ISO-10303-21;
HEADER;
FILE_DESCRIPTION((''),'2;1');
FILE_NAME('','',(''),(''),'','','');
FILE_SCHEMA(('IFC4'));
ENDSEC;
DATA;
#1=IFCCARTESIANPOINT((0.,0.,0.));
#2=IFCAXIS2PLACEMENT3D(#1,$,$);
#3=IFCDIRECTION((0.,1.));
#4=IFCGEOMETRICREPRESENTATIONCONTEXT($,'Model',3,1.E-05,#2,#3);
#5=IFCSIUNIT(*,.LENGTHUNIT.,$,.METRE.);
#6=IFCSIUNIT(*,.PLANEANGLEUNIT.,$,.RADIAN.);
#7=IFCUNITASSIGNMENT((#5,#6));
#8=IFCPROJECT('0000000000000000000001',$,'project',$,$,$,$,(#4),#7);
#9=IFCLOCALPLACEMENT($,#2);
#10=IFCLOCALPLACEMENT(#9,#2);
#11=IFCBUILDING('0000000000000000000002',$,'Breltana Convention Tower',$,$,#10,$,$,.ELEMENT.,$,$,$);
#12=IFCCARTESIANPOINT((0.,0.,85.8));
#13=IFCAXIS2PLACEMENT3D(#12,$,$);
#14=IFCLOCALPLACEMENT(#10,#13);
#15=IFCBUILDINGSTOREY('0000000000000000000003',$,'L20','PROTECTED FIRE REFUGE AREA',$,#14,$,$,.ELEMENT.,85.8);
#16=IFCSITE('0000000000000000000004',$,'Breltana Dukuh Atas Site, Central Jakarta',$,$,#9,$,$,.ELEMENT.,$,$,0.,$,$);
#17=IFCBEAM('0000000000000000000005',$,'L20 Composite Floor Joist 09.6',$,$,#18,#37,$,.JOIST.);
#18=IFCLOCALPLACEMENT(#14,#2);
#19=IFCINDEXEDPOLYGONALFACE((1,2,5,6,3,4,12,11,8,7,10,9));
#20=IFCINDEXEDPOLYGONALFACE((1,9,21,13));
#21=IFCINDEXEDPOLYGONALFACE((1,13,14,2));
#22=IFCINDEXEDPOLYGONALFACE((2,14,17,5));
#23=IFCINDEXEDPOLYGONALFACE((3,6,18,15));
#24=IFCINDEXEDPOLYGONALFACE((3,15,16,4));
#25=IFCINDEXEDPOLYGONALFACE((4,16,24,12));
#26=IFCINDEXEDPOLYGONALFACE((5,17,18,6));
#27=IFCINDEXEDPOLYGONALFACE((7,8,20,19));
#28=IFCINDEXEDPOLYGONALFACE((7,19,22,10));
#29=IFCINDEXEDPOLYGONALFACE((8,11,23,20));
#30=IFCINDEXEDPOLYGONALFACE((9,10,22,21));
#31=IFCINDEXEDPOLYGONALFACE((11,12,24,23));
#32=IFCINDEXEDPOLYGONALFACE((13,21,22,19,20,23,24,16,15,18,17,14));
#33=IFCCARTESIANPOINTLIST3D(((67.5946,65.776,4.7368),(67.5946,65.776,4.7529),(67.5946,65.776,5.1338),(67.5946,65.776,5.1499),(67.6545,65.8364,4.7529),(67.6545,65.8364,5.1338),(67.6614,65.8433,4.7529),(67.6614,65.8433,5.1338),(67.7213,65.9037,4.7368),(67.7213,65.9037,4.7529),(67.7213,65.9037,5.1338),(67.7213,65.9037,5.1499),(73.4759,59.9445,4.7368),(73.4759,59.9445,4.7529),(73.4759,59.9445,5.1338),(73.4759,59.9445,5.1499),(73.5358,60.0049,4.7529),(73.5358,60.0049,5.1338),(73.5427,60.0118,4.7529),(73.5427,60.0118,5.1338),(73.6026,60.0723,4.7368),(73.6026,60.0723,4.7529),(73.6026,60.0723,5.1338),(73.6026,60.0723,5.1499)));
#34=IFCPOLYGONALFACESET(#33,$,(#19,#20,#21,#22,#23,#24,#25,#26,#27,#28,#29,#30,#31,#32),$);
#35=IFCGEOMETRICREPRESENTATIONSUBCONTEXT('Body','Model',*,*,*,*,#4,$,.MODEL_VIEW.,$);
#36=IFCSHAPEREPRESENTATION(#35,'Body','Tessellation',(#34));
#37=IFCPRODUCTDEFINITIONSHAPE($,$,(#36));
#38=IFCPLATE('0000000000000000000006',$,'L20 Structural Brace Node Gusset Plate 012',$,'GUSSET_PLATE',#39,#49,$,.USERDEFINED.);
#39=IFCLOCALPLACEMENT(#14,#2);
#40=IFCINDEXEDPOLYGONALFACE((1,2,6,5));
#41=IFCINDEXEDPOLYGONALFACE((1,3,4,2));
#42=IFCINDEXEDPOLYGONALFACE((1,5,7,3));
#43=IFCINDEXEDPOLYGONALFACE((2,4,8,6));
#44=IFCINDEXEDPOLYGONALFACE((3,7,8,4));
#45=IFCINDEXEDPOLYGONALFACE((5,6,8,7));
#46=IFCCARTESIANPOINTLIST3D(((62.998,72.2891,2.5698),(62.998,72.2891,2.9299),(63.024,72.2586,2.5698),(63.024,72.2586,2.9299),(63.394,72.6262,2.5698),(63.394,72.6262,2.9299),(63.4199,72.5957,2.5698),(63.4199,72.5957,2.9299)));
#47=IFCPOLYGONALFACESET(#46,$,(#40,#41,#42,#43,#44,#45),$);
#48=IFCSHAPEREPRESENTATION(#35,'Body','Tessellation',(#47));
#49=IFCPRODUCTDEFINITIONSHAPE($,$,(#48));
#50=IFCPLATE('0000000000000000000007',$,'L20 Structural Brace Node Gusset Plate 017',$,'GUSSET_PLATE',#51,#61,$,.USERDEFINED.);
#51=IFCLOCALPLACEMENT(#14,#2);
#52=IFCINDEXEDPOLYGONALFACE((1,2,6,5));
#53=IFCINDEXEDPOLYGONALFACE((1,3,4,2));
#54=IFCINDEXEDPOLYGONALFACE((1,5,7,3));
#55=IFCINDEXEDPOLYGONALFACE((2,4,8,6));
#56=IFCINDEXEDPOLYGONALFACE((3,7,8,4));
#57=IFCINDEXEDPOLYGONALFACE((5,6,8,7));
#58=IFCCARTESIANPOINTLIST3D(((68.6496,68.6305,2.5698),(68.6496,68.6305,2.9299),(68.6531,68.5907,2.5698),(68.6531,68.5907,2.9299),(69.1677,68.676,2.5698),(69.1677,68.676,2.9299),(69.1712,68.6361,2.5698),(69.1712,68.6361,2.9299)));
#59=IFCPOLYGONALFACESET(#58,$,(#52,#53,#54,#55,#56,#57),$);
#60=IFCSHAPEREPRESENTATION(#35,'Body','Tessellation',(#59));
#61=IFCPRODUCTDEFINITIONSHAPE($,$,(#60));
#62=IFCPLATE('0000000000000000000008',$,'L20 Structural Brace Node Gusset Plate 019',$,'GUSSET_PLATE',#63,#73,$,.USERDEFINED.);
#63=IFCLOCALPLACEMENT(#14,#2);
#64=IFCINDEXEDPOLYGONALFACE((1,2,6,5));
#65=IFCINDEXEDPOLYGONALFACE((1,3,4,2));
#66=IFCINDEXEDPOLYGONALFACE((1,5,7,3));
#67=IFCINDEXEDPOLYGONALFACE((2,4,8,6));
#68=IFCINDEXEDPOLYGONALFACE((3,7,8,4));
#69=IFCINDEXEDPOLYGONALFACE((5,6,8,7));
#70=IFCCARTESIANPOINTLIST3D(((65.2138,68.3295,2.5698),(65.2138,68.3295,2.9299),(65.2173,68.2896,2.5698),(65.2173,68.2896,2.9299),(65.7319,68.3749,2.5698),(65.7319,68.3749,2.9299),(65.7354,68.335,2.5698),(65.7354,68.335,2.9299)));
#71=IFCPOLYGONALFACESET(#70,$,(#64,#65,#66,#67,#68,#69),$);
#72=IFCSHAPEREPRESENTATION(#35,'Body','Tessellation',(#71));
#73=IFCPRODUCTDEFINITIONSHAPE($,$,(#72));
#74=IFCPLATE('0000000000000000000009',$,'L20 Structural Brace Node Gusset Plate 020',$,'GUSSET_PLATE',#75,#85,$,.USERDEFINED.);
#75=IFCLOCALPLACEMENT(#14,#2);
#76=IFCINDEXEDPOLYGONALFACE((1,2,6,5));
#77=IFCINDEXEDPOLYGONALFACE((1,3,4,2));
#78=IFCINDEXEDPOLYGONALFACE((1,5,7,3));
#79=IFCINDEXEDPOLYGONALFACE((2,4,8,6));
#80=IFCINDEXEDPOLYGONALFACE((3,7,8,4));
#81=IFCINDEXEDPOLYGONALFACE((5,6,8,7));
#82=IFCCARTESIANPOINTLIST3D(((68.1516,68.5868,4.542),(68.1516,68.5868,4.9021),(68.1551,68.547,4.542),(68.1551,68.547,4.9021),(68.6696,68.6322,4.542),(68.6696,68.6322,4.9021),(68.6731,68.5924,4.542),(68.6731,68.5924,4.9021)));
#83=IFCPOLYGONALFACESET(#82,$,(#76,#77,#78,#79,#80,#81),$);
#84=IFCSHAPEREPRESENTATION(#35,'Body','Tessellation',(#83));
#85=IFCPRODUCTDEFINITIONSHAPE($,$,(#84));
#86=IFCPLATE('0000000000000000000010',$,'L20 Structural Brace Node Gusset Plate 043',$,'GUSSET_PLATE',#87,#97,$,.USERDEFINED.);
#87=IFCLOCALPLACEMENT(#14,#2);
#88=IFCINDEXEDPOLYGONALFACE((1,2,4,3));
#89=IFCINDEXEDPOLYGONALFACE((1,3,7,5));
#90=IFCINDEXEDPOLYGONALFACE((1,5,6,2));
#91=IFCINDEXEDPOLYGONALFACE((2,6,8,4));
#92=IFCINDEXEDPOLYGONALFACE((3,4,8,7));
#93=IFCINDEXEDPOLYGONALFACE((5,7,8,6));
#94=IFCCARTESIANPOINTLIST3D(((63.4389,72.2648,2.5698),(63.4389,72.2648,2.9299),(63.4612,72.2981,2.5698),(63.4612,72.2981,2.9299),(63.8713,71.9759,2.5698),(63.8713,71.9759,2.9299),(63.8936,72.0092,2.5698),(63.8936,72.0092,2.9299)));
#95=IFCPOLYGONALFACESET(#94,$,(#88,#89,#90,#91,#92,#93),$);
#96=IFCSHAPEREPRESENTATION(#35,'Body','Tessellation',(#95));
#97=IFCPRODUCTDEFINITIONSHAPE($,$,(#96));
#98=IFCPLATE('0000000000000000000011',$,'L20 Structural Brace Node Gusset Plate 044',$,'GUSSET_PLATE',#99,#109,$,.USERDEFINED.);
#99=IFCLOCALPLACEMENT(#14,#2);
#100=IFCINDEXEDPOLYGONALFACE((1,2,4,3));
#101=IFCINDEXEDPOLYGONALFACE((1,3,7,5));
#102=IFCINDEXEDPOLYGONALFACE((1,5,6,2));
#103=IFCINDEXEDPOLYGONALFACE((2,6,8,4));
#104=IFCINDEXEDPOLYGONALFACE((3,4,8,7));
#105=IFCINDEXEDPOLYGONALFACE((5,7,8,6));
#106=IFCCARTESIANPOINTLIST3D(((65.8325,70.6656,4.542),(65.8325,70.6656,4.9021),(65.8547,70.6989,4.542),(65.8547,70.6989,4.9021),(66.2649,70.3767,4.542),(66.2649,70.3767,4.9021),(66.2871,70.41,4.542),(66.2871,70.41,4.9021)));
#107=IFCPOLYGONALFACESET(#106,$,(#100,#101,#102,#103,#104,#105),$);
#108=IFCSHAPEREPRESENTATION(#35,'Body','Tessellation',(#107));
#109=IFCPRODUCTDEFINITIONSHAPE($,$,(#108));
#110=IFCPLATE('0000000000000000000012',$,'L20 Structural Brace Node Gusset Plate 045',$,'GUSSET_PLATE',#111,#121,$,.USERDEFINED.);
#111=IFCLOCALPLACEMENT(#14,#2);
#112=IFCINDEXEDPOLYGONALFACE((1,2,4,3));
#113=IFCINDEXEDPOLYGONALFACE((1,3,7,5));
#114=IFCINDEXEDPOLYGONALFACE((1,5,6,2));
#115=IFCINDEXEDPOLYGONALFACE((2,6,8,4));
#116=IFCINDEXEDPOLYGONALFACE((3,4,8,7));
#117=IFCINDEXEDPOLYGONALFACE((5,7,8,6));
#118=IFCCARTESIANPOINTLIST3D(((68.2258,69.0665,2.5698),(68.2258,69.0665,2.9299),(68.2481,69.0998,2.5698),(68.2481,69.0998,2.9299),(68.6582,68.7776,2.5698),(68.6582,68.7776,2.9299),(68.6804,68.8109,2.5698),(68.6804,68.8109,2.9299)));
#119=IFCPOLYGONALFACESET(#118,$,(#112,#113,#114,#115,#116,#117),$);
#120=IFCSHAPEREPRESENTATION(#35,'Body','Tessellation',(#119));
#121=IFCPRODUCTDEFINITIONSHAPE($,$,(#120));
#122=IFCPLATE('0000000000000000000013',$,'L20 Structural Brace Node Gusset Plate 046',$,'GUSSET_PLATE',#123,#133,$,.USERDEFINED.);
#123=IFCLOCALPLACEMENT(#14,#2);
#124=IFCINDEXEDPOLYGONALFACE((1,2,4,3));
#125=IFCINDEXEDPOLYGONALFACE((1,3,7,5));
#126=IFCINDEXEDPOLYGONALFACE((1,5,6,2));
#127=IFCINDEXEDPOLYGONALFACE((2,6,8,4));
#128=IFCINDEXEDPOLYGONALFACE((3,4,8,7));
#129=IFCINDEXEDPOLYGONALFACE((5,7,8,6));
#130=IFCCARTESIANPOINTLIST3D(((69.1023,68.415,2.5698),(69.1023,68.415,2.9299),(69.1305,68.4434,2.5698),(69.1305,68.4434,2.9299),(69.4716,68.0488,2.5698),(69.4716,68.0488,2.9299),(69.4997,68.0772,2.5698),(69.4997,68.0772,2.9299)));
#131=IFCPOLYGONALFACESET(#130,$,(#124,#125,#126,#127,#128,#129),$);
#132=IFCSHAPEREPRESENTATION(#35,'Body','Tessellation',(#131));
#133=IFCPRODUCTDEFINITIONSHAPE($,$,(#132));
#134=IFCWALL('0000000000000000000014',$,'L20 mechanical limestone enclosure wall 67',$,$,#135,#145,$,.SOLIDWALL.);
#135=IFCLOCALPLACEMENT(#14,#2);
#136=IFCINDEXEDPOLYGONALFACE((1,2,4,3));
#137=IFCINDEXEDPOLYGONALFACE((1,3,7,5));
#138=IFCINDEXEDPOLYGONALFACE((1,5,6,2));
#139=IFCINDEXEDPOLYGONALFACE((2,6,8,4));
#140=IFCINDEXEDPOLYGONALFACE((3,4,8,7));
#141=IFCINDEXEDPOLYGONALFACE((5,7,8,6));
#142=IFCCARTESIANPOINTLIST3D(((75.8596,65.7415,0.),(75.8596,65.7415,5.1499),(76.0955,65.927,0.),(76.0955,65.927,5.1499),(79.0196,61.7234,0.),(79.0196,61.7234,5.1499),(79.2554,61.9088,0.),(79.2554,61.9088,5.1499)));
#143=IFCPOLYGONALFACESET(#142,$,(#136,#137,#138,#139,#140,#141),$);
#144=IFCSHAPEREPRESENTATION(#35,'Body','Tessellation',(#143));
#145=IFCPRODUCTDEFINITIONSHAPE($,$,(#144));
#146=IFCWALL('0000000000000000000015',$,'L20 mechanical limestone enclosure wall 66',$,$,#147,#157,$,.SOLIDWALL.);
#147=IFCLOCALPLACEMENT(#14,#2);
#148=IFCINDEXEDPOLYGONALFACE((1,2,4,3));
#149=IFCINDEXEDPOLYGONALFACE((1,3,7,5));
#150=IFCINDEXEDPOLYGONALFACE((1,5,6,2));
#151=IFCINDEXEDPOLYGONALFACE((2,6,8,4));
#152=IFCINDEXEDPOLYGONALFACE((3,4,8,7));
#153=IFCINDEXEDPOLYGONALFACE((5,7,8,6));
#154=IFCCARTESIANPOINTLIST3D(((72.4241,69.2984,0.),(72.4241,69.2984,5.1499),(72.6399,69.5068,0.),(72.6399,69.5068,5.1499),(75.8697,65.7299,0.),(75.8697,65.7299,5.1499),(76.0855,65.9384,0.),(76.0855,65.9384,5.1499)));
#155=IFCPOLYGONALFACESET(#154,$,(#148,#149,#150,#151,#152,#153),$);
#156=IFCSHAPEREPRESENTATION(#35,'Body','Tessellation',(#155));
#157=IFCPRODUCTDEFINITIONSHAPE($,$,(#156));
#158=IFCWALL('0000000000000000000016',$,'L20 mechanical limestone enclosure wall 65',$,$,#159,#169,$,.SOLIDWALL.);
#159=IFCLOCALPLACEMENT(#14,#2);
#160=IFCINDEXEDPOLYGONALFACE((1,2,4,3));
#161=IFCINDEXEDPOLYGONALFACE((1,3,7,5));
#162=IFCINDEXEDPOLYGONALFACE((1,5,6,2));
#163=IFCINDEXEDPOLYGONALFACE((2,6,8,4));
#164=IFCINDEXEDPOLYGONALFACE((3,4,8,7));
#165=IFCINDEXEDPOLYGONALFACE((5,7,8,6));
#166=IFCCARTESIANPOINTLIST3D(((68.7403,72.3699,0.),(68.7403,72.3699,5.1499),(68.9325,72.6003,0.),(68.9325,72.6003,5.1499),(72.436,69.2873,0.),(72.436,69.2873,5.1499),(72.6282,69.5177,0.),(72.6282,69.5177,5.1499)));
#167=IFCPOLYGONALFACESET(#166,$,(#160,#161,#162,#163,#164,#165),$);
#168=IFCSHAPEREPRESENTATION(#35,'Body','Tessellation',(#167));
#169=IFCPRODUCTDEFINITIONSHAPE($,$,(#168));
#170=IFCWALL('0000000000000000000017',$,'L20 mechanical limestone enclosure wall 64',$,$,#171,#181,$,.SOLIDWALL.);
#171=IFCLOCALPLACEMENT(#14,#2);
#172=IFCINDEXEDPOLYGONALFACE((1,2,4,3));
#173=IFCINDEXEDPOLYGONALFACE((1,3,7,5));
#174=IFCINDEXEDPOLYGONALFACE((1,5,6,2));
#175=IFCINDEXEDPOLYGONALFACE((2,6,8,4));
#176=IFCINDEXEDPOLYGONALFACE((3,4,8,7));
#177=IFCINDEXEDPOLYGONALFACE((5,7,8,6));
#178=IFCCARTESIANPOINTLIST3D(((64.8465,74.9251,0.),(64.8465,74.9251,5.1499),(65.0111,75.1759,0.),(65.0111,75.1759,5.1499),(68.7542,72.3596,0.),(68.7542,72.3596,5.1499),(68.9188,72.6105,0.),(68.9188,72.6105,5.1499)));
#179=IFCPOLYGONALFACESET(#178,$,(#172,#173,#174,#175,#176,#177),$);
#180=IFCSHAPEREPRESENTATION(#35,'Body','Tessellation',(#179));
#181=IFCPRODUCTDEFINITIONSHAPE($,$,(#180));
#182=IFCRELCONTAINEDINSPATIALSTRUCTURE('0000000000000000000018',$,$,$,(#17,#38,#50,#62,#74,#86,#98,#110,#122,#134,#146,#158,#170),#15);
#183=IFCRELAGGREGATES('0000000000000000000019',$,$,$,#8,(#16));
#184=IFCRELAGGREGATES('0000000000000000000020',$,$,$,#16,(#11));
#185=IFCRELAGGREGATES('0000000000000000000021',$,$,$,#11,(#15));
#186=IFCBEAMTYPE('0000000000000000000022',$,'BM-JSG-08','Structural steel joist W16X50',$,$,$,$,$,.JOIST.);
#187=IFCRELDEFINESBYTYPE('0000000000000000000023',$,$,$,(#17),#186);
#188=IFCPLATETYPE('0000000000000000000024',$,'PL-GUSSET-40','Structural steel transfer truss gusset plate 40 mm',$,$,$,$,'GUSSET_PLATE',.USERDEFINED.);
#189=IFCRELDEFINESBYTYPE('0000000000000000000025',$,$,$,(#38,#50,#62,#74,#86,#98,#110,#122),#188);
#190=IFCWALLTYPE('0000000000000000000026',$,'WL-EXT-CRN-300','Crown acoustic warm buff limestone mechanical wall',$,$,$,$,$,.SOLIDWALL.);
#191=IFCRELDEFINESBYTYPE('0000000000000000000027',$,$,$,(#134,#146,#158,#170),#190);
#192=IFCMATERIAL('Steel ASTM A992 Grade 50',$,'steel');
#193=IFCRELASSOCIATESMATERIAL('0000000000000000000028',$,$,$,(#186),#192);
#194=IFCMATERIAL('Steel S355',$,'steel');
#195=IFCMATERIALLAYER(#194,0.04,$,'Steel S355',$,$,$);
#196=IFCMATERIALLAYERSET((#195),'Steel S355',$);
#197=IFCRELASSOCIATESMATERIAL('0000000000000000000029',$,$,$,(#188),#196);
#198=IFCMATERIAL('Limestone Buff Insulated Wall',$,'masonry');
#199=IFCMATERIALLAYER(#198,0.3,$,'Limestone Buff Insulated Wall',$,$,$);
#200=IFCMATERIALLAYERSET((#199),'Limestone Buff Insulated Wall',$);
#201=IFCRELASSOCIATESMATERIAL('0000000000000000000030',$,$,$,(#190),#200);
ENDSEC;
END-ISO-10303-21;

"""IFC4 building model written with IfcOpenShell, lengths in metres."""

from ifc_helpers import new_model, si_unit, direction, frame, frame_2d, origin, origin_2d, place, context, subcontext, project, spatial, rectangle, i_section, extrude, source, transform, mapped, material, layer, layer_set, material_profile, profile_set, type_object, element, save


model = new_model("IFC4")

# Units and contexts
model_context = context("Model", 3, precision=1e-05, world=origin(), true_north=direction((0.0, 1.0)))
body_context = subcontext(model_context, "Body", "Model", "MODEL_VIEW")
ifc_project = project(units=[si_unit("LENGTHUNIT", "METRE"), si_unit("PLANEANGLEUNIT", "RADIAN")], contexts=[model_context])

# Site, building, storey
site_placement = place(None, origin())
site = spatial("IfcSite", under=ifc_project, at=site_placement, Name="Breltana Dukuh Atas Site, Central Jakarta", CompositionType="ELEMENT", RefElevation=0.0)
building_placement = place(site_placement, origin())
building = spatial("IfcBuilding", under=site, at=building_placement, Name="Breltana Convention Tower", CompositionType="ELEMENT")
storey_placement = place(building_placement, frame((0.0, 0.0, 85.8)))
storey = spatial("IfcBuildingStorey", under=building, at=storey_placement, Name="L20", Description="PROTECTED FIRE REFUGE AREA", CompositionType="ELEMENT", Elevation=85.8)

# Shared definitions
ifc_material_1 = material(Name="Steel ASTM A992 Grade 50", Category="steel")

# Beam
ifc_material_profile_1 = material_profile(ifc_material_1, i_section(OverallWidth=0.1799, OverallDepth=0.4131, WebThickness=0.0098, FlangeThickness=0.0161, at=origin_2d()), Name="W16X50")
ifc_profile_set_1 = profile_set([ifc_material_profile_1], Name="Steel ASTM A992 Grade 50")
beam_type_1 = type_object("IfcBeamType", Name="BM-JSG-08", Description="Structural steel joist W16X50", PredefinedType="JOIST", material=ifc_profile_set_1)
shared_shape_1 = source(origin(), body_context, "Body", "SweptSolid", [
    extrude(i_section(OverallWidth=0.1799, OverallDepth=0.4131, WebThickness=0.0098, FlangeThickness=0.0161, at=origin_2d()), origin(), (0.0, 0.0, 1.0), 8.2822),
])
beam_placement = place(storey_placement, frame((67.658, 65.8398, 4.9434), z_axis=(0.710107, -0.704094, 0.0), x_axis=(0.704094, 0.710107, 0.0)))
element("IfcBeam", 1, at=beam_placement, inside=storey, type_object=beam_type_1, Name="L20 Composite Floor Joist 09.6", PredefinedType="JOIST", context=body_context, shape_type="MappedRepresentation", body=[
    mapped(shared_shape_1, transform((0.0, 0.0, 0.0), scale=1.0)),
])

# Plates
ifc_material_2 = material(Name="Steel S355", Category="steel")
ifc_layer_1 = layer(ifc_material_2, 0.04, Name="Steel S355")
ifc_layer_set_1 = layer_set([ifc_layer_1], Name="Steel S355")
plate_type = type_object("IfcPlateType", Name="PL-GUSSET-40", Description="Structural steel transfer truss gusset plate 40 mm", ElementType="GUSSET_PLATE", PredefinedType="USERDEFINED", material=ifc_layer_set_1)
shared_shape_2 = source(origin(), body_context, "Body", "SweptSolid", [
    extrude(rectangle(XDim=0.52, YDim=0.04, at=origin_2d()), origin(), (0.0, 0.0, 1.0), 0.3601),
])
for number, where, z_axis, x_axis, name in (
    (2, (63.209, 72.4424, 2.5698), (0.0, 0.0, 1.0), (0.761425, 0.648253, 0.0), "L20 Structural Brace Node Gusset Plate 012"),
    (3, (68.9104, 68.6333, 2.5698), (0.0, 0.0, 1.0), (0.996179, 0.08733, 0.0), "L20 Structural Brace Node Gusset Plate 017"),
    (4, (65.4746, 68.3323, 2.5698), (0.0, 0.0, 1.0), (0.996179, 0.08733, 0.0), "L20 Structural Brace Node Gusset Plate 019"),
    (5, (68.4124, 68.5896, 4.542), (0.0, 0.0, 1.0), (0.996179, 0.08733, 0.0), "L20 Structural Brace Node Gusset Plate 020"),
    (6, (63.6663, 72.137, 2.5698), (0.0, 0.0, 1.0), (0.83147, -0.55557, 0.0), "L20 Structural Brace Node Gusset Plate 043"),
    (7, (66.0598, 70.5378, 4.542), (0.0, 0.0, 1.0), (0.83147, -0.55557, 0.0), "L20 Structural Brace Node Gusset Plate 044"),
    (8, (68.4531, 68.9387, 2.5698), (0.0, 0.0, 1.0), (0.83147, -0.55557, 0.0), "L20 Structural Brace Node Gusset Plate 045"),
    (9, (69.301, 68.2461, 2.5698), (0.0, 0.0, 1.0), (0.710062, -0.704139, 0.0), "L20 Structural Brace Node Gusset Plate 046"),
):
    element("IfcPlate", number, at=place(storey_placement, frame(where, z_axis=z_axis, x_axis=x_axis)), inside=storey, type_object=plate_type, Name=name, ObjectType="GUSSET_PLATE", PredefinedType="USERDEFINED", context=body_context, shape_type="MappedRepresentation", body=[
        mapped(shared_shape_2, transform((0.0, 0.0, 0.0), scale=1.0)),
    ])

# Walls
ifc_material_3 = material(Name="Limestone Buff Insulated Wall", Category="masonry")
ifc_layer_2 = layer(ifc_material_3, 0.3, Name="Limestone Buff Insulated Wall")
ifc_layer_set_2 = layer_set([ifc_layer_2], Name="Limestone Buff Insulated Wall")
wall_type = type_object("IfcWallType", Name="WL-EXT-CRN-300", Description="Crown acoustic warm buff limestone mechanical wall", PredefinedType="SOLIDWALL", material=ifc_layer_set_2)
shared_shape_3 = source(origin(), body_context, "Body", "SweptSolid", [
    extrude(rectangle(XDim=5.1118, YDim=0.3, at=frame_2d((2.5559, 0.0))), origin(), (0.0, 0.0, 1.0), 5.1499),
])
wall_1_placement = place(storey_placement, frame((75.9775, 65.8342, 0.0), z_axis=(0.0, 0.0, 1.0), x_axis=(0.618167, -0.786046, 0.0)))
element("IfcWall", 10, at=wall_1_placement, inside=storey, type_object=wall_type, Name="L20 mechanical limestone enclosure wall 67", PredefinedType="SOLIDWALL", context=body_context, shape_type="MappedRepresentation", body=[
    mapped(shared_shape_3, transform((0.0, 0.0, 0.0), scale=1.0)),
])
shared_shape_4 = source(origin(), body_context, "Body", "SweptSolid", [
    extrude(rectangle(XDim=4.9604, YDim=0.3, at=frame_2d((2.4802, 0.0))), origin(), (0.0, 0.0, 1.0), 5.1499),
])
wall_2_placement = place(storey_placement, frame((72.532, 69.4026, 0.0), z_axis=(0.0, 0.0, 1.0), x_axis=(0.69462, -0.719377, 0.0)))
element("IfcWall", 11, at=wall_2_placement, inside=storey, type_object=wall_type, Name="L20 mechanical limestone enclosure wall 66", PredefinedType="SOLIDWALL", context=body_context, shape_type="MappedRepresentation", body=[
    mapped(shared_shape_4, transform((0.0, 0.0, 0.0), scale=1.0)),
])
shared_shape_5 = source(origin(), body_context, "Body", "SweptSolid", [
    extrude(rectangle(XDim=4.8125, YDim=0.3, at=frame_2d((2.4062, 0.0))), origin(), (0.0, 0.0, 1.0), 5.1499),
])
wall_3_placement = place(storey_placement, frame((68.8364, 72.4851, 0.0), z_axis=(0.0, 0.0, 1.0), x_axis=(0.767926, -0.640539, 0.0)))
element("IfcWall", 12, at=wall_3_placement, inside=storey, type_object=wall_type, Name="L20 mechanical limestone enclosure wall 65", PredefinedType="SOLIDWALL", context=body_context, shape_type="MappedRepresentation", body=[
    mapped(shared_shape_5, transform((0.0, 0.0, 0.0), scale=1.0)),
])
shared_shape_6 = source(origin(), body_context, "Body", "SweptSolid", [
    extrude(rectangle(XDim=4.6746, YDim=0.3, at=frame_2d((2.3374, 0.0))), origin(), (0.0, 0.0, 1.0), 5.1499),
])
wall_4_placement = place(storey_placement, frame((64.9287, 75.0505, 0.0), z_axis=(0.0, 0.0, 1.0), x_axis=(0.835951, -0.548805, 0.0)))
element("IfcWall", 13, at=wall_4_placement, inside=storey, type_object=wall_type, Name="L20 mechanical limestone enclosure wall 64", PredefinedType="SOLIDWALL", context=body_context, shape_type="MappedRepresentation", body=[
    mapped(shared_shape_6, transform((0.0, 0.0, 0.0), scale=1.0)),
])

save(model, "model.ifc")
